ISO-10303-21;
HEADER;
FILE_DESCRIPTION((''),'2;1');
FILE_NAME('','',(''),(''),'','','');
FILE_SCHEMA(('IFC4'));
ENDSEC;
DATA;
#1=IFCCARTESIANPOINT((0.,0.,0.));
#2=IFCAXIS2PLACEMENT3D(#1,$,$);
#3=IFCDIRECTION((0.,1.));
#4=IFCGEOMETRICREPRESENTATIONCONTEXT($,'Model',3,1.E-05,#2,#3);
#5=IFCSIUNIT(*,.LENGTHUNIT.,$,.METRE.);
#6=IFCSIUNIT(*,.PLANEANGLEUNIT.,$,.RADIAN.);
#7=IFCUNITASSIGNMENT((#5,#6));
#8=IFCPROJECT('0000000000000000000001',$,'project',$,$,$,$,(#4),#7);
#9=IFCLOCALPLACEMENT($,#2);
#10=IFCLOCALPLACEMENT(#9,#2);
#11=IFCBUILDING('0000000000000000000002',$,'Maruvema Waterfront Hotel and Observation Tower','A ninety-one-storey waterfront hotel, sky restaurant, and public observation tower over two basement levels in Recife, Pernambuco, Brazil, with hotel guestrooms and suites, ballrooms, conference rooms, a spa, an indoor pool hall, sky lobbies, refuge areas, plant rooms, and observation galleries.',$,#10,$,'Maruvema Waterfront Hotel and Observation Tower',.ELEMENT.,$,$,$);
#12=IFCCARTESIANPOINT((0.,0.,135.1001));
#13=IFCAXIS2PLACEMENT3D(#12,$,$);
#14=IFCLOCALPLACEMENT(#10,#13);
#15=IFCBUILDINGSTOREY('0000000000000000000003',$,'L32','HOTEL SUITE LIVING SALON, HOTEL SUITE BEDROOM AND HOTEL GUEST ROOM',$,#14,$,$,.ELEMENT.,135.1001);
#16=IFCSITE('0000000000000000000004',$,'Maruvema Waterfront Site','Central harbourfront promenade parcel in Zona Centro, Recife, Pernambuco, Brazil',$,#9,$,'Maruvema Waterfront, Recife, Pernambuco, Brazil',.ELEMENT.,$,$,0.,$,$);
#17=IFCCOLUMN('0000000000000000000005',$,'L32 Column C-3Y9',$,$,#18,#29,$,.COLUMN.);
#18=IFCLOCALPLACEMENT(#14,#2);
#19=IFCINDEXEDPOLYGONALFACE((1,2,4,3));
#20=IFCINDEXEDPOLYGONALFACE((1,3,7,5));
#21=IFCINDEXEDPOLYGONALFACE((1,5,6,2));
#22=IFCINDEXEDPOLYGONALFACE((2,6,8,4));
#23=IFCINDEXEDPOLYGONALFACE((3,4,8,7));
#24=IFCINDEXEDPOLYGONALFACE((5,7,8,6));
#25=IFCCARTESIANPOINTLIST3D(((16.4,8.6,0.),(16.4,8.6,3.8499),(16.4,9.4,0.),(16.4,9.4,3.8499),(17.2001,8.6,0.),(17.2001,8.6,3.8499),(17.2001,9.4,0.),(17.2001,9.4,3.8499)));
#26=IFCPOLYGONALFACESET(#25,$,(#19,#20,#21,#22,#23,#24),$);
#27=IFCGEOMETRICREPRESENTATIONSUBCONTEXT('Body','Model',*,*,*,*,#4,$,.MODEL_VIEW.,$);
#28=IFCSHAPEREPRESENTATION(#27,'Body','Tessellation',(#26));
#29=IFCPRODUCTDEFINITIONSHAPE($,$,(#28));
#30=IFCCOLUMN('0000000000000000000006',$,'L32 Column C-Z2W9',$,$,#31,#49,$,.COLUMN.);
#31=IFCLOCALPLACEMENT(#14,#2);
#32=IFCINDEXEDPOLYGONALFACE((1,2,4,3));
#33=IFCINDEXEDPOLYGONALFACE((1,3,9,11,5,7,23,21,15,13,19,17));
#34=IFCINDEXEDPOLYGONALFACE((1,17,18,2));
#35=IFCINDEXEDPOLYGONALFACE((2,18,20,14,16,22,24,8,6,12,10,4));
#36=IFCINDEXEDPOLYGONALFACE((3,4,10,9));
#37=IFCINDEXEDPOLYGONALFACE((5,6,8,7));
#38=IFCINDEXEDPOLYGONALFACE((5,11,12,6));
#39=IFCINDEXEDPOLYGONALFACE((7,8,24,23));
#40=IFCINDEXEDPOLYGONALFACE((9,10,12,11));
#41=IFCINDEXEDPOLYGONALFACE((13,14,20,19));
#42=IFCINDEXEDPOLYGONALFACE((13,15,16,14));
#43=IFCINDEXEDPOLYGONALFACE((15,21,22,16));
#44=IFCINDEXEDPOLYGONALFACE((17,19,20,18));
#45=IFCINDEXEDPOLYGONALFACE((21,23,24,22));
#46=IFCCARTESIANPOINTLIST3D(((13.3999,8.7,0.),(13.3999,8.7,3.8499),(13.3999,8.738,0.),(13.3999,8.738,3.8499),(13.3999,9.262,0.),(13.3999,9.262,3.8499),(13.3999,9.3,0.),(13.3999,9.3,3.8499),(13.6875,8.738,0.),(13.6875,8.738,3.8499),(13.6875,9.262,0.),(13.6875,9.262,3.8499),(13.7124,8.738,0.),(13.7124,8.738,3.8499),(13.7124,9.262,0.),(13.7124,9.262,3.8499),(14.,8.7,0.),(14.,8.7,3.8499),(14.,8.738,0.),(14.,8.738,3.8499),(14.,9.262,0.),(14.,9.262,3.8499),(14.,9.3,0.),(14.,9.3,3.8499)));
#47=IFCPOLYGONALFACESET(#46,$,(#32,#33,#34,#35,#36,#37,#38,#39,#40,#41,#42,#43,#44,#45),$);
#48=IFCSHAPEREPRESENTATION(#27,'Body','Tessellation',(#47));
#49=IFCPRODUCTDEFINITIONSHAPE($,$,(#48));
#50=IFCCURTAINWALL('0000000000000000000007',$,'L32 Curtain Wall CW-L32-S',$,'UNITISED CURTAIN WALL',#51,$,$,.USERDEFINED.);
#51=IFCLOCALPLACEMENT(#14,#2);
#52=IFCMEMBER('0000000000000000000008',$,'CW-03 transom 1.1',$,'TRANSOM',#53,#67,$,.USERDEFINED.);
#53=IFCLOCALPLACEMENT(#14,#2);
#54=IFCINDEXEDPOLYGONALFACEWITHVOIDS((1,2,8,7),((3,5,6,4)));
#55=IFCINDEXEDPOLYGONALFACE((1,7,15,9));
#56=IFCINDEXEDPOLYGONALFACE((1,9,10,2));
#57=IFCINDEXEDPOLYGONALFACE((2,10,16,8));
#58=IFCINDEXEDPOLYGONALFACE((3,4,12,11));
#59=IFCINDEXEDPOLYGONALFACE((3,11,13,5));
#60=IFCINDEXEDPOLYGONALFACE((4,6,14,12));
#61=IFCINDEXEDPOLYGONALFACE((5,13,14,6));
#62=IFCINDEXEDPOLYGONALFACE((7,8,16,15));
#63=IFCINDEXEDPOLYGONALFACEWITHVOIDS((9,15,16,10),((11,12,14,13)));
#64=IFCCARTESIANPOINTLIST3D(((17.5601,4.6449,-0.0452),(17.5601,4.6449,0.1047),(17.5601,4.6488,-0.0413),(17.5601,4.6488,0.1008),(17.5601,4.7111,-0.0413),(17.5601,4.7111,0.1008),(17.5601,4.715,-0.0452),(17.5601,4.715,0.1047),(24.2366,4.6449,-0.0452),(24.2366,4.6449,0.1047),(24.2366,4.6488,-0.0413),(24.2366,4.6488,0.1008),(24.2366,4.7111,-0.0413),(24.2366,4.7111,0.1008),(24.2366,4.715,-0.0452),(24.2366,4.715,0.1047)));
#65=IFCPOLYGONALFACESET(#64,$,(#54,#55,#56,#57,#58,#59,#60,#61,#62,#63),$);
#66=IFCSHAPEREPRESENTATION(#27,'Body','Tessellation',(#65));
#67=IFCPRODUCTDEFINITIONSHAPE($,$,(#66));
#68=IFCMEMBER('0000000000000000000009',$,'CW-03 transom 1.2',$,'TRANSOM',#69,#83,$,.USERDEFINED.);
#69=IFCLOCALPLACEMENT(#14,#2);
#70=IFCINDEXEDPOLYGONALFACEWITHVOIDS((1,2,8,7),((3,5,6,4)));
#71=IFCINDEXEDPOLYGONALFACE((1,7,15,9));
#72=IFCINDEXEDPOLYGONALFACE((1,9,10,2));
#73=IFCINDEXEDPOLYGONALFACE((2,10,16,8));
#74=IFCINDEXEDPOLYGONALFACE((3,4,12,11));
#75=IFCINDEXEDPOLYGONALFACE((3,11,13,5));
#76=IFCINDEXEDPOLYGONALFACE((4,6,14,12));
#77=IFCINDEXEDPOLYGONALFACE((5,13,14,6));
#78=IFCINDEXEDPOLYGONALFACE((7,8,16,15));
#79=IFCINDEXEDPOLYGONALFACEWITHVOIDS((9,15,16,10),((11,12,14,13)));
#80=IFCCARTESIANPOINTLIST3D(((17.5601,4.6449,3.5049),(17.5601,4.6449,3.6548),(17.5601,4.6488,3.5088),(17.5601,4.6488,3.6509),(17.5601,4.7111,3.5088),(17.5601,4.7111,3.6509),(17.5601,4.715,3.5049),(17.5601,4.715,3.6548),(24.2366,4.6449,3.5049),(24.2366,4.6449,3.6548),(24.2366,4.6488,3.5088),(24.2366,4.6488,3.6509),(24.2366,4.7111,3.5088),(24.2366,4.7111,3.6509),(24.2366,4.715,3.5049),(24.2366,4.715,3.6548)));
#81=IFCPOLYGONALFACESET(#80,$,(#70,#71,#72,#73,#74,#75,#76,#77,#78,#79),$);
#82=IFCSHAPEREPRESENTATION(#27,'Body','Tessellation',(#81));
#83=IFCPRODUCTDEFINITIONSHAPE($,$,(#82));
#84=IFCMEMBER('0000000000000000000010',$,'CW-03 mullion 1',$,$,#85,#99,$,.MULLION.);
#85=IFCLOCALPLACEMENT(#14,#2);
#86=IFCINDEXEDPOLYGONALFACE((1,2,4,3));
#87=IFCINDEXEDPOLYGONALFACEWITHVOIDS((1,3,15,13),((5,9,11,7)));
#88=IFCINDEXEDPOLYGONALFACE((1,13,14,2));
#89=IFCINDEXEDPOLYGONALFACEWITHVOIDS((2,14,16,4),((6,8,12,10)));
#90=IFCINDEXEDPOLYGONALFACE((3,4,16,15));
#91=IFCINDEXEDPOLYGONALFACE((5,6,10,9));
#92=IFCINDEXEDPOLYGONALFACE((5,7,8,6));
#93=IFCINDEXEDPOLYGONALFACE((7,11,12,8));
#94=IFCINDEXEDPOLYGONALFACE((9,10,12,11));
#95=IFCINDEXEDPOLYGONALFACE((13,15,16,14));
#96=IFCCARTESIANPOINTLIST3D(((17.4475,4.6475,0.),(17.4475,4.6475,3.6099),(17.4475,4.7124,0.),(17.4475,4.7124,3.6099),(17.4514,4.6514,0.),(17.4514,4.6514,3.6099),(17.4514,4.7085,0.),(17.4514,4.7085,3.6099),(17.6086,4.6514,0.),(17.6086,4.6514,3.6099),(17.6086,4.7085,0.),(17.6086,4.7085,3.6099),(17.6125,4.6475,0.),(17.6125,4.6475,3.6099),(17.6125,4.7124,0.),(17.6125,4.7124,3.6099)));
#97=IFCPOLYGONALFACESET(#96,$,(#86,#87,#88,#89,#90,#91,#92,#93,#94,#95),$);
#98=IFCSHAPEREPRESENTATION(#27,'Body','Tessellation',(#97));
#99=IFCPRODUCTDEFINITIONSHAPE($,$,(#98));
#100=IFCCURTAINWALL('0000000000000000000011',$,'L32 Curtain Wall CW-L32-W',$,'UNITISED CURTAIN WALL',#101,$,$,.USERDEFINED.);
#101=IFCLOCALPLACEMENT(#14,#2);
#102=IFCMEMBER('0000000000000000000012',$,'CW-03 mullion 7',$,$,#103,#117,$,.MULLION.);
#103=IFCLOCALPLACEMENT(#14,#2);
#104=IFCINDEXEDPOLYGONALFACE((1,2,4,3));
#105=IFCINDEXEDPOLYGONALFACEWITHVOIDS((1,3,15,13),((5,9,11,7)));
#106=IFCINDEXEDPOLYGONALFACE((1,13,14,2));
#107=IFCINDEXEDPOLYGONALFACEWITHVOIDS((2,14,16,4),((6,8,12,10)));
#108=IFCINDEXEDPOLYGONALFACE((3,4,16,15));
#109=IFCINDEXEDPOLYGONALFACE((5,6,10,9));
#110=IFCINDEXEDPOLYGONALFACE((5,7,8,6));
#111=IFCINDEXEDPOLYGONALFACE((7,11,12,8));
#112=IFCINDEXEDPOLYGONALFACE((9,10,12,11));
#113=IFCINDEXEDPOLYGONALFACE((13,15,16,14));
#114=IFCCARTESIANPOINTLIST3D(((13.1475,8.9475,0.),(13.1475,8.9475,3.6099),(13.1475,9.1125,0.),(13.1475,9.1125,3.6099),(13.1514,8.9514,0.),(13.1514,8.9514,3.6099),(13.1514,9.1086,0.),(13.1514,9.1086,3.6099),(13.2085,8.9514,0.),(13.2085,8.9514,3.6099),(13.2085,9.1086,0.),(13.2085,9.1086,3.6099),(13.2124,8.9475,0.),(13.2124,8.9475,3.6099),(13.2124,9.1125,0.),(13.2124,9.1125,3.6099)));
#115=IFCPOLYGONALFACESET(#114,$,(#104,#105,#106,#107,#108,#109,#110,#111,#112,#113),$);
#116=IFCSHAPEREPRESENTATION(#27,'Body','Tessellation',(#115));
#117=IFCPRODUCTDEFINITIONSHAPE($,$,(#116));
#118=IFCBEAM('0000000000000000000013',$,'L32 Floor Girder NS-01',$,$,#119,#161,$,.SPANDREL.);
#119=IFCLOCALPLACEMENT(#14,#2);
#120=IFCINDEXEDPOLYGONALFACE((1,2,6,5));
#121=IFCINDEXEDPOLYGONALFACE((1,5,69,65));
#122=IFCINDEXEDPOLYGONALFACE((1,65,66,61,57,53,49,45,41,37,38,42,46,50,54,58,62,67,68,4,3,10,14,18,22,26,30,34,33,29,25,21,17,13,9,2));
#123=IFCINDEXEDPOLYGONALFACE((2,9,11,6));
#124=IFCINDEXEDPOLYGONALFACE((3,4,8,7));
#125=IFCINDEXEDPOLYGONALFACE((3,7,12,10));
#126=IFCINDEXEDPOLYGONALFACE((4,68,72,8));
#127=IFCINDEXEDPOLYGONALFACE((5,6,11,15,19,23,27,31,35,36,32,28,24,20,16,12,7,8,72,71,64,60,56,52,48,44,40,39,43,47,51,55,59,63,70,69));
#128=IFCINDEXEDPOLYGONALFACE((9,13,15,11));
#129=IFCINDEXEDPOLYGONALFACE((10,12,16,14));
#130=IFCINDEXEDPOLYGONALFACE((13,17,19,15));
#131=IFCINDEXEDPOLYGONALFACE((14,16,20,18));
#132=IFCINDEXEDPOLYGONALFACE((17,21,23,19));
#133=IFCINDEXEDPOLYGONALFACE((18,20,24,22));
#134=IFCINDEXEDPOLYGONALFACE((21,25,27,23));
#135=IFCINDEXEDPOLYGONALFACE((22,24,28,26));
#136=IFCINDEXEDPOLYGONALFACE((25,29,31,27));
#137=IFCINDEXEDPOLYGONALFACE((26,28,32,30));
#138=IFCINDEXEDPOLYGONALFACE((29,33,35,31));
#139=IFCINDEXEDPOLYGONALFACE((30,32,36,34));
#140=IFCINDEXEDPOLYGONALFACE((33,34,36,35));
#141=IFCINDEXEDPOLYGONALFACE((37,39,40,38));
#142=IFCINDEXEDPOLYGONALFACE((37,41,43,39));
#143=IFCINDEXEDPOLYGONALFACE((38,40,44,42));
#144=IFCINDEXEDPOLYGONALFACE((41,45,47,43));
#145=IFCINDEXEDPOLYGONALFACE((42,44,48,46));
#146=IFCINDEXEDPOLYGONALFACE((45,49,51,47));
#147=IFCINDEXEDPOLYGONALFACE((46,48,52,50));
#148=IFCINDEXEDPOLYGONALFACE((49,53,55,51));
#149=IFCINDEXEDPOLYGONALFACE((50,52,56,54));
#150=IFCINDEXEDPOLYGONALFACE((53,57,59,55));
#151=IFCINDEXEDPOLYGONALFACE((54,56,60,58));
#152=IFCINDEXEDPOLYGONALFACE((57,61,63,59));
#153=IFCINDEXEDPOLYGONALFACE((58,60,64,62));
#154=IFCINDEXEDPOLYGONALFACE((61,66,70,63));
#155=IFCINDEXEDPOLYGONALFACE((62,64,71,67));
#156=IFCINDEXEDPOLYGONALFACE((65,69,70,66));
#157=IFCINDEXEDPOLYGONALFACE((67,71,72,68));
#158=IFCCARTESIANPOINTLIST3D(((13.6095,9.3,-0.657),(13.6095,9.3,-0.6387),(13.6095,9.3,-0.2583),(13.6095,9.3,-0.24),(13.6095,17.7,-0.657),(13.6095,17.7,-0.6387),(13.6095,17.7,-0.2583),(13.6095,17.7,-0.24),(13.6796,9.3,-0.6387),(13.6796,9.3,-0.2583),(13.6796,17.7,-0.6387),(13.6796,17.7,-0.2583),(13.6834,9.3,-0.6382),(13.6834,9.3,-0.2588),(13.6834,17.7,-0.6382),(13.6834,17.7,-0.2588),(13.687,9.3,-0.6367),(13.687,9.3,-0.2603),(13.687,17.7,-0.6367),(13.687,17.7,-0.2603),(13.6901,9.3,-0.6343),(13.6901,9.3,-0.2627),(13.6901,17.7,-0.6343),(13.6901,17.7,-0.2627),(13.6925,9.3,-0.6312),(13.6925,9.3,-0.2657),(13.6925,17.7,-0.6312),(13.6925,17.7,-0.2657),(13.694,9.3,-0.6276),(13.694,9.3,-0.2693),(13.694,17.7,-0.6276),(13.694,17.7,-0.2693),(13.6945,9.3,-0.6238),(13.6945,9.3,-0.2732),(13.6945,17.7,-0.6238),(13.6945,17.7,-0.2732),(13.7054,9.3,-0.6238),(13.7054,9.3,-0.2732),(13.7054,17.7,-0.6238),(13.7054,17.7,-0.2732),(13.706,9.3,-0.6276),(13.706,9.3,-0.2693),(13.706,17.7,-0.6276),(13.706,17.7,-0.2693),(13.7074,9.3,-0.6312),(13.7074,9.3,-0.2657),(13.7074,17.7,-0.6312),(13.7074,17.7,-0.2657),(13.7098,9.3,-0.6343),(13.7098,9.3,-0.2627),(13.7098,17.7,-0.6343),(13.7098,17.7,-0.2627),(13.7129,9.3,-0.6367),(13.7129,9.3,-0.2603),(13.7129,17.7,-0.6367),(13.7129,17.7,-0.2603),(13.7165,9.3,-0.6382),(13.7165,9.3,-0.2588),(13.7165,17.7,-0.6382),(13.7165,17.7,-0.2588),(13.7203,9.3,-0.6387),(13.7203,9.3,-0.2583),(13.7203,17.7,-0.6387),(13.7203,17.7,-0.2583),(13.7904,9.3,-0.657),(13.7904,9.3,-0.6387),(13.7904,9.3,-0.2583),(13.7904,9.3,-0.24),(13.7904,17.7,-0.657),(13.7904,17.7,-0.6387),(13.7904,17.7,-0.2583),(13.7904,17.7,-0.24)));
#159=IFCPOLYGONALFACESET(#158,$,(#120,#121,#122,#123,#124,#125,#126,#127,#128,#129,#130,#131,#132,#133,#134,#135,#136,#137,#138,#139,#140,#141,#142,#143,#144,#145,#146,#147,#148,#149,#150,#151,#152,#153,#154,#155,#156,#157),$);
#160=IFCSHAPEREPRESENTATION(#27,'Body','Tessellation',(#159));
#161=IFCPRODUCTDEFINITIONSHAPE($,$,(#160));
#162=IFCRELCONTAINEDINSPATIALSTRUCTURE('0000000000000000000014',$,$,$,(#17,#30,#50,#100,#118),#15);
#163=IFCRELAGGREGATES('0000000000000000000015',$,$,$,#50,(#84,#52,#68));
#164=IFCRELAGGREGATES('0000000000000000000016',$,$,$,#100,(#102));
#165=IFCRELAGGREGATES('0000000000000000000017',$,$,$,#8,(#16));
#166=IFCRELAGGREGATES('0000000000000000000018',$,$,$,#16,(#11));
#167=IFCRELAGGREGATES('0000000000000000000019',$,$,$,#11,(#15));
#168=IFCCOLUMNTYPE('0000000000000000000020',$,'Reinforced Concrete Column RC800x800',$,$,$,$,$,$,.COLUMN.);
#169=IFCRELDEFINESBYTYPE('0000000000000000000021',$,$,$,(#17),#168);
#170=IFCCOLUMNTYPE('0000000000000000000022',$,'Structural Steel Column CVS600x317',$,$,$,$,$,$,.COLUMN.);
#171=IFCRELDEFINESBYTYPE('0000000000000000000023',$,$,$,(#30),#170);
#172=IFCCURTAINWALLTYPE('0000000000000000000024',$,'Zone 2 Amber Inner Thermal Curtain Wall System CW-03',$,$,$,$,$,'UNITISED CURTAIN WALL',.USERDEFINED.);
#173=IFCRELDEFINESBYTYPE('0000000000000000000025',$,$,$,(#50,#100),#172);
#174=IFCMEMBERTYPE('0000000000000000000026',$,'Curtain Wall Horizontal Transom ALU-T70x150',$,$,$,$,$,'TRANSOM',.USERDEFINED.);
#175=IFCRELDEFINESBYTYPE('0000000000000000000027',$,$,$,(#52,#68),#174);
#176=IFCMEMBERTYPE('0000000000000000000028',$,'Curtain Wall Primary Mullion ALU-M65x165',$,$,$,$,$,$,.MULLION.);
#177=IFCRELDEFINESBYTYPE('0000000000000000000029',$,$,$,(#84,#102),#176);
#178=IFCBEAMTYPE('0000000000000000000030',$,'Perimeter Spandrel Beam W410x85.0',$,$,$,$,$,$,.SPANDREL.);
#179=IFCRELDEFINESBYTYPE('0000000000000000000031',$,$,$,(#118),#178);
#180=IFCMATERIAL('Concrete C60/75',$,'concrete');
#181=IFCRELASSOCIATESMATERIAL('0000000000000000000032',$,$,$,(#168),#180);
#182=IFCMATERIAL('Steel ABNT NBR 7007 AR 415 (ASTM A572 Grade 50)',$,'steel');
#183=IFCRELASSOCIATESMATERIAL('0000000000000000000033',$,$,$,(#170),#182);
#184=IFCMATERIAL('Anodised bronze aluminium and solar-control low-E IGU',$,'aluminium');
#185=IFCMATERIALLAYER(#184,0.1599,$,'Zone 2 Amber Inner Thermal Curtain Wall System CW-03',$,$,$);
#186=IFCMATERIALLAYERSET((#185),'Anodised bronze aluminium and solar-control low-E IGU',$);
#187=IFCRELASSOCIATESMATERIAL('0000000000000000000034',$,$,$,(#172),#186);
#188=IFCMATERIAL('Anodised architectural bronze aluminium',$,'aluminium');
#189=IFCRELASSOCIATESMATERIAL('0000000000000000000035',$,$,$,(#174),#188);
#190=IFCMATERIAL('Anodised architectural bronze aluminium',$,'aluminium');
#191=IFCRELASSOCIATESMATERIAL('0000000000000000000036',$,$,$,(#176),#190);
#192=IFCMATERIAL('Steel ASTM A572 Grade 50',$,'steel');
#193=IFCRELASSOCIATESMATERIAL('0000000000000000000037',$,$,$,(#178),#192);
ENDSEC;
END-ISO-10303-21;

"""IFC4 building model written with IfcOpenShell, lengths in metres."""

from ifc_helpers import new_model, si_unit, direction, frame, origin, origin_2d, place, context, subcontext, project, spatial, rectangle, hollow_rectangle, i_section, extrude, material, layer, layer_set, material_profile, profile_set, type_object, element, aggregate, save


model = new_model("IFC4")

# Units and contexts
model_context = context("Model", 3, precision=1e-05, world=origin(), true_north=direction((0.0, 1.0)))
body_context = subcontext(model_context, "Body", "Model", "MODEL_VIEW")
ifc_project = project(units=[si_unit("LENGTHUNIT", "METRE"), si_unit("PLANEANGLEUNIT", "RADIAN")], contexts=[model_context])

# Site, building, storey
site_placement = place(None, origin())
site = spatial("IfcSite", under=ifc_project, at=site_placement, Name="Maruvema Waterfront Site", Description="Central harbourfront promenade parcel in Zona Centro, Recife, Pernambuco, Brazil", LongName="Maruvema Waterfront, Recife, Pernambuco, Brazil", CompositionType="ELEMENT", RefElevation=0.0)
building_placement = place(site_placement, origin())
building = spatial("IfcBuilding", under=site, at=building_placement, Name="Maruvema Waterfront Hotel and Observation Tower", Description="A ninety-one-storey waterfront hotel, sky restaurant, and public observation tower over two basement levels in Recife, Pernambuco, Brazil, with hotel guestrooms and suites, ballrooms, conference rooms, a spa, an indoor pool hall, sky lobbies, refuge areas, plant rooms, and observation galleries.", LongName="Maruvema Waterfront Hotel and Observation Tower", CompositionType="ELEMENT")
storey_placement = place(building_placement, frame((0.0, 0.0, 135.1001)))
storey = spatial("IfcBuildingStorey", under=building, at=storey_placement, Name="L32", Description="HOTEL SUITE LIVING SALON, HOTEL SUITE BEDROOM AND HOTEL GUEST ROOM", CompositionType="ELEMENT", Elevation=135.1001)

# Columns
ifc_material_1 = material(Name="Concrete C60/75", Category="concrete")
ifc_material_profile_1 = material_profile(ifc_material_1, rectangle(XDim=0.8, YDim=0.8, at=origin_2d()), Name="RC800x800")
ifc_profile_set_1 = profile_set([ifc_material_profile_1], Name="Concrete C60/75")
column_type_1 = type_object("IfcColumnType", Name="Reinforced Concrete Column RC800x800", PredefinedType="COLUMN", material=ifc_profile_set_1)
column_1_placement = place(storey_placement, frame((16.8, 9.0, 0.0), z_axis=(0.0, 0.0, 1.0), x_axis=(1.0, 0.0, 0.0)))
element("IfcColumn", 1, at=column_1_placement, inside=storey, type_object=column_type_1, Name="L32 Column C-3Y9", PredefinedType="COLUMN", context=body_context, shape_type="SweptSolid", body=[
    extrude(rectangle(XDim=0.8, YDim=0.8, at=origin_2d()), origin(), (0.0, 0.0, 1.0), 3.8499),
])
ifc_material_2 = material(Name="Steel ABNT NBR 7007 AR 415 (ASTM A572 Grade 50)", Category="steel")
ifc_material_profile_2 = material_profile(ifc_material_2, i_section(OverallWidth=0.6001, OverallDepth=0.6001, WebThickness=0.0249, FlangeThickness=0.0381, at=origin_2d()), Name="CVS600x317")
ifc_profile_set_2 = profile_set([ifc_material_profile_2], Name="Steel ABNT NBR 7007 AR 415 (ASTM A572 Grade 50)")
column_type_2 = type_object("IfcColumnType", Name="Structural Steel Column CVS600x317", PredefinedType="COLUMN", material=ifc_profile_set_2)
column_2_placement = place(storey_placement, frame((13.7, 9.0, 0.0), z_axis=(0.0, 0.0, 1.0), x_axis=(1.0, 0.0, 0.0)))
element("IfcColumn", 2, at=column_2_placement, inside=storey, type_object=column_type_2, Name="L32 Column C-Z2W9", PredefinedType="COLUMN", context=body_context, shape_type="SweptSolid", body=[
    extrude(i_section(OverallWidth=0.6001, OverallDepth=0.6001, WebThickness=0.0249, FlangeThickness=0.0381, at=origin_2d()), origin(), (0.0, 0.0, 1.0), 3.8499),
])

# Curtain wall, members
ifc_material_3 = material(Name="Anodised bronze aluminium and solar-control low-E IGU", Category="aluminium")
ifc_layer_1 = layer(ifc_material_3, 0.1599, Name="Zone 2 Amber Inner Thermal Curtain Wall System CW-03")
ifc_layer_set_1 = layer_set([ifc_layer_1], Name="Anodised bronze aluminium and solar-control low-E IGU")
curtain_wall_type = type_object("IfcCurtainWallType", Name="Zone 2 Amber Inner Thermal Curtain Wall System CW-03", ElementType="UNITISED CURTAIN WALL", PredefinedType="USERDEFINED", material=ifc_layer_set_1)
curtain_wall_1_placement = place(storey_placement, origin())
curtain_wall_1 = element("IfcCurtainWall", 3, at=curtain_wall_1_placement, inside=storey, type_object=curtain_wall_type, Name="L32 Curtain Wall CW-L32-S", ObjectType="UNITISED CURTAIN WALL", PredefinedType="USERDEFINED")
ifc_material_4 = material(Name="Anodised architectural bronze aluminium", Category="aluminium")
ifc_material_profile_3 = material_profile(ifc_material_4, hollow_rectangle(XDim=0.0701, YDim=0.1499, WallThickness=0.0039, at=origin_2d()), Name="ALU-T70x150")
ifc_profile_set_3 = profile_set([ifc_material_profile_3], Name="Anodised architectural bronze aluminium")
member_type_1 = type_object("IfcMemberType", Name="Curtain Wall Horizontal Transom ALU-T70x150", ElementType="TRANSOM", PredefinedType="USERDEFINED", material=ifc_profile_set_3)
member_1_placement = place(storey_placement, frame((17.5601, 4.6799, 0.0298), z_axis=(1.0, 0.0, 0.0), x_axis=(0.0, 1.0, 0.0)))
member_1 = element("IfcMember", 4, at=member_1_placement, type_object=member_type_1, Name="CW-03 transom 1.1", ObjectType="TRANSOM", PredefinedType="USERDEFINED", context=body_context, shape_type="SweptSolid", body=[
    extrude(hollow_rectangle(XDim=0.0701, YDim=0.1499, WallThickness=0.0039, at=origin_2d()), origin(), (0.0, 0.0, 1.0), 6.6765),
])
member_2_placement = place(storey_placement, frame((17.5601, 4.6799, 3.5798), z_axis=(1.0, 0.0, 0.0), x_axis=(0.0, 1.0, 0.0)))
member_2 = element("IfcMember", 5, at=member_2_placement, type_object=member_type_1, Name="CW-03 transom 1.2", ObjectType="TRANSOM", PredefinedType="USERDEFINED", context=body_context, shape_type="SweptSolid", body=[
    extrude(hollow_rectangle(XDim=0.0701, YDim=0.1499, WallThickness=0.0039, at=origin_2d()), origin(), (0.0, 0.0, 1.0), 6.6765),
])
ifc_material_5 = material(Name="Anodised architectural bronze aluminium", Category="aluminium")
ifc_material_profile_4 = material_profile(ifc_material_5, hollow_rectangle(XDim=0.0649, YDim=0.165, WallThickness=0.0039, at=origin_2d()), Name="ALU-M65x165")
ifc_profile_set_4 = profile_set([ifc_material_profile_4], Name="Anodised architectural bronze aluminium")
member_type_2 = type_object("IfcMemberType", Name="Curtain Wall Primary Mullion ALU-M65x165", PredefinedType="MULLION", material=ifc_profile_set_4)
member_3_placement = place(storey_placement, frame((17.53, 4.6799, 0.0), z_axis=(0.0, 0.0, 1.0), x_axis=(0.0, 1.0, 0.0)))
member_3 = element("IfcMember", 6, at=member_3_placement, type_object=member_type_2, Name="CW-03 mullion 1", PredefinedType="MULLION", context=body_context, shape_type="SweptSolid", body=[
    extrude(hollow_rectangle(XDim=0.0649, YDim=0.165, WallThickness=0.0039, at=origin_2d()), origin(), (0.0, 0.0, 1.0), 3.6099),
])

# Curtain wall, member
curtain_wall_2_placement = place(storey_placement, origin())
curtain_wall_2 = element("IfcCurtainWall", 7, at=curtain_wall_2_placement, inside=storey, type_object=curtain_wall_type, Name="L32 Curtain Wall CW-L32-W", ObjectType="UNITISED CURTAIN WALL", PredefinedType="USERDEFINED")
member_4_placement = place(storey_placement, frame((13.1799, 9.03, 0.0), z_axis=(0.0, 0.0, 1.0), x_axis=(1.0, 0.0, 0.0)))
member_4 = element("IfcMember", 8, at=member_4_placement, type_object=member_type_2, Name="CW-03 mullion 7", PredefinedType="MULLION", context=body_context, shape_type="SweptSolid", body=[
    extrude(hollow_rectangle(XDim=0.0649, YDim=0.165, WallThickness=0.0039, at=origin_2d()), origin(), (0.0, 0.0, 1.0), 3.6099),
])

# Beam
ifc_material_6 = material(Name="Steel ASTM A572 Grade 50", Category="steel")
ifc_material_profile_5 = material_profile(ifc_material_6, i_section(OverallWidth=0.1809, OverallDepth=0.417, WebThickness=0.011, FlangeThickness=0.0183, FilletRadius=0.0149, at=origin_2d()), Name="W410x85.0")
ifc_profile_set_5 = profile_set([ifc_material_profile_5], Name="Steel ASTM A572 Grade 50")
beam_type_1 = type_object("IfcBeamType", Name="Perimeter Spandrel Beam W410x85.0", PredefinedType="SPANDREL", material=ifc_profile_set_5)
beam_1_placement = place(storey_placement, frame((13.7, 9.3, -0.4485), z_axis=(0.0, 1.0, 0.0), x_axis=(-1.0, 0.0, 0.0)))
element("IfcBeam", 9, at=beam_1_placement, inside=storey, type_object=beam_type_1, Name="L32 Floor Girder NS-01", PredefinedType="SPANDREL", context=body_context, shape_type="SweptSolid", body=[
    extrude(i_section(OverallWidth=0.1809, OverallDepth=0.417, WebThickness=0.011, FlangeThickness=0.0183, FilletRadius=0.0149, at=origin_2d()), origin(), (0.0, 0.0, 1.0), 8.3999),
])

aggregate(curtain_wall_1, [member_3, member_1, member_2])
aggregate(curtain_wall_2, [member_4])

save(model, "model.ifc")
